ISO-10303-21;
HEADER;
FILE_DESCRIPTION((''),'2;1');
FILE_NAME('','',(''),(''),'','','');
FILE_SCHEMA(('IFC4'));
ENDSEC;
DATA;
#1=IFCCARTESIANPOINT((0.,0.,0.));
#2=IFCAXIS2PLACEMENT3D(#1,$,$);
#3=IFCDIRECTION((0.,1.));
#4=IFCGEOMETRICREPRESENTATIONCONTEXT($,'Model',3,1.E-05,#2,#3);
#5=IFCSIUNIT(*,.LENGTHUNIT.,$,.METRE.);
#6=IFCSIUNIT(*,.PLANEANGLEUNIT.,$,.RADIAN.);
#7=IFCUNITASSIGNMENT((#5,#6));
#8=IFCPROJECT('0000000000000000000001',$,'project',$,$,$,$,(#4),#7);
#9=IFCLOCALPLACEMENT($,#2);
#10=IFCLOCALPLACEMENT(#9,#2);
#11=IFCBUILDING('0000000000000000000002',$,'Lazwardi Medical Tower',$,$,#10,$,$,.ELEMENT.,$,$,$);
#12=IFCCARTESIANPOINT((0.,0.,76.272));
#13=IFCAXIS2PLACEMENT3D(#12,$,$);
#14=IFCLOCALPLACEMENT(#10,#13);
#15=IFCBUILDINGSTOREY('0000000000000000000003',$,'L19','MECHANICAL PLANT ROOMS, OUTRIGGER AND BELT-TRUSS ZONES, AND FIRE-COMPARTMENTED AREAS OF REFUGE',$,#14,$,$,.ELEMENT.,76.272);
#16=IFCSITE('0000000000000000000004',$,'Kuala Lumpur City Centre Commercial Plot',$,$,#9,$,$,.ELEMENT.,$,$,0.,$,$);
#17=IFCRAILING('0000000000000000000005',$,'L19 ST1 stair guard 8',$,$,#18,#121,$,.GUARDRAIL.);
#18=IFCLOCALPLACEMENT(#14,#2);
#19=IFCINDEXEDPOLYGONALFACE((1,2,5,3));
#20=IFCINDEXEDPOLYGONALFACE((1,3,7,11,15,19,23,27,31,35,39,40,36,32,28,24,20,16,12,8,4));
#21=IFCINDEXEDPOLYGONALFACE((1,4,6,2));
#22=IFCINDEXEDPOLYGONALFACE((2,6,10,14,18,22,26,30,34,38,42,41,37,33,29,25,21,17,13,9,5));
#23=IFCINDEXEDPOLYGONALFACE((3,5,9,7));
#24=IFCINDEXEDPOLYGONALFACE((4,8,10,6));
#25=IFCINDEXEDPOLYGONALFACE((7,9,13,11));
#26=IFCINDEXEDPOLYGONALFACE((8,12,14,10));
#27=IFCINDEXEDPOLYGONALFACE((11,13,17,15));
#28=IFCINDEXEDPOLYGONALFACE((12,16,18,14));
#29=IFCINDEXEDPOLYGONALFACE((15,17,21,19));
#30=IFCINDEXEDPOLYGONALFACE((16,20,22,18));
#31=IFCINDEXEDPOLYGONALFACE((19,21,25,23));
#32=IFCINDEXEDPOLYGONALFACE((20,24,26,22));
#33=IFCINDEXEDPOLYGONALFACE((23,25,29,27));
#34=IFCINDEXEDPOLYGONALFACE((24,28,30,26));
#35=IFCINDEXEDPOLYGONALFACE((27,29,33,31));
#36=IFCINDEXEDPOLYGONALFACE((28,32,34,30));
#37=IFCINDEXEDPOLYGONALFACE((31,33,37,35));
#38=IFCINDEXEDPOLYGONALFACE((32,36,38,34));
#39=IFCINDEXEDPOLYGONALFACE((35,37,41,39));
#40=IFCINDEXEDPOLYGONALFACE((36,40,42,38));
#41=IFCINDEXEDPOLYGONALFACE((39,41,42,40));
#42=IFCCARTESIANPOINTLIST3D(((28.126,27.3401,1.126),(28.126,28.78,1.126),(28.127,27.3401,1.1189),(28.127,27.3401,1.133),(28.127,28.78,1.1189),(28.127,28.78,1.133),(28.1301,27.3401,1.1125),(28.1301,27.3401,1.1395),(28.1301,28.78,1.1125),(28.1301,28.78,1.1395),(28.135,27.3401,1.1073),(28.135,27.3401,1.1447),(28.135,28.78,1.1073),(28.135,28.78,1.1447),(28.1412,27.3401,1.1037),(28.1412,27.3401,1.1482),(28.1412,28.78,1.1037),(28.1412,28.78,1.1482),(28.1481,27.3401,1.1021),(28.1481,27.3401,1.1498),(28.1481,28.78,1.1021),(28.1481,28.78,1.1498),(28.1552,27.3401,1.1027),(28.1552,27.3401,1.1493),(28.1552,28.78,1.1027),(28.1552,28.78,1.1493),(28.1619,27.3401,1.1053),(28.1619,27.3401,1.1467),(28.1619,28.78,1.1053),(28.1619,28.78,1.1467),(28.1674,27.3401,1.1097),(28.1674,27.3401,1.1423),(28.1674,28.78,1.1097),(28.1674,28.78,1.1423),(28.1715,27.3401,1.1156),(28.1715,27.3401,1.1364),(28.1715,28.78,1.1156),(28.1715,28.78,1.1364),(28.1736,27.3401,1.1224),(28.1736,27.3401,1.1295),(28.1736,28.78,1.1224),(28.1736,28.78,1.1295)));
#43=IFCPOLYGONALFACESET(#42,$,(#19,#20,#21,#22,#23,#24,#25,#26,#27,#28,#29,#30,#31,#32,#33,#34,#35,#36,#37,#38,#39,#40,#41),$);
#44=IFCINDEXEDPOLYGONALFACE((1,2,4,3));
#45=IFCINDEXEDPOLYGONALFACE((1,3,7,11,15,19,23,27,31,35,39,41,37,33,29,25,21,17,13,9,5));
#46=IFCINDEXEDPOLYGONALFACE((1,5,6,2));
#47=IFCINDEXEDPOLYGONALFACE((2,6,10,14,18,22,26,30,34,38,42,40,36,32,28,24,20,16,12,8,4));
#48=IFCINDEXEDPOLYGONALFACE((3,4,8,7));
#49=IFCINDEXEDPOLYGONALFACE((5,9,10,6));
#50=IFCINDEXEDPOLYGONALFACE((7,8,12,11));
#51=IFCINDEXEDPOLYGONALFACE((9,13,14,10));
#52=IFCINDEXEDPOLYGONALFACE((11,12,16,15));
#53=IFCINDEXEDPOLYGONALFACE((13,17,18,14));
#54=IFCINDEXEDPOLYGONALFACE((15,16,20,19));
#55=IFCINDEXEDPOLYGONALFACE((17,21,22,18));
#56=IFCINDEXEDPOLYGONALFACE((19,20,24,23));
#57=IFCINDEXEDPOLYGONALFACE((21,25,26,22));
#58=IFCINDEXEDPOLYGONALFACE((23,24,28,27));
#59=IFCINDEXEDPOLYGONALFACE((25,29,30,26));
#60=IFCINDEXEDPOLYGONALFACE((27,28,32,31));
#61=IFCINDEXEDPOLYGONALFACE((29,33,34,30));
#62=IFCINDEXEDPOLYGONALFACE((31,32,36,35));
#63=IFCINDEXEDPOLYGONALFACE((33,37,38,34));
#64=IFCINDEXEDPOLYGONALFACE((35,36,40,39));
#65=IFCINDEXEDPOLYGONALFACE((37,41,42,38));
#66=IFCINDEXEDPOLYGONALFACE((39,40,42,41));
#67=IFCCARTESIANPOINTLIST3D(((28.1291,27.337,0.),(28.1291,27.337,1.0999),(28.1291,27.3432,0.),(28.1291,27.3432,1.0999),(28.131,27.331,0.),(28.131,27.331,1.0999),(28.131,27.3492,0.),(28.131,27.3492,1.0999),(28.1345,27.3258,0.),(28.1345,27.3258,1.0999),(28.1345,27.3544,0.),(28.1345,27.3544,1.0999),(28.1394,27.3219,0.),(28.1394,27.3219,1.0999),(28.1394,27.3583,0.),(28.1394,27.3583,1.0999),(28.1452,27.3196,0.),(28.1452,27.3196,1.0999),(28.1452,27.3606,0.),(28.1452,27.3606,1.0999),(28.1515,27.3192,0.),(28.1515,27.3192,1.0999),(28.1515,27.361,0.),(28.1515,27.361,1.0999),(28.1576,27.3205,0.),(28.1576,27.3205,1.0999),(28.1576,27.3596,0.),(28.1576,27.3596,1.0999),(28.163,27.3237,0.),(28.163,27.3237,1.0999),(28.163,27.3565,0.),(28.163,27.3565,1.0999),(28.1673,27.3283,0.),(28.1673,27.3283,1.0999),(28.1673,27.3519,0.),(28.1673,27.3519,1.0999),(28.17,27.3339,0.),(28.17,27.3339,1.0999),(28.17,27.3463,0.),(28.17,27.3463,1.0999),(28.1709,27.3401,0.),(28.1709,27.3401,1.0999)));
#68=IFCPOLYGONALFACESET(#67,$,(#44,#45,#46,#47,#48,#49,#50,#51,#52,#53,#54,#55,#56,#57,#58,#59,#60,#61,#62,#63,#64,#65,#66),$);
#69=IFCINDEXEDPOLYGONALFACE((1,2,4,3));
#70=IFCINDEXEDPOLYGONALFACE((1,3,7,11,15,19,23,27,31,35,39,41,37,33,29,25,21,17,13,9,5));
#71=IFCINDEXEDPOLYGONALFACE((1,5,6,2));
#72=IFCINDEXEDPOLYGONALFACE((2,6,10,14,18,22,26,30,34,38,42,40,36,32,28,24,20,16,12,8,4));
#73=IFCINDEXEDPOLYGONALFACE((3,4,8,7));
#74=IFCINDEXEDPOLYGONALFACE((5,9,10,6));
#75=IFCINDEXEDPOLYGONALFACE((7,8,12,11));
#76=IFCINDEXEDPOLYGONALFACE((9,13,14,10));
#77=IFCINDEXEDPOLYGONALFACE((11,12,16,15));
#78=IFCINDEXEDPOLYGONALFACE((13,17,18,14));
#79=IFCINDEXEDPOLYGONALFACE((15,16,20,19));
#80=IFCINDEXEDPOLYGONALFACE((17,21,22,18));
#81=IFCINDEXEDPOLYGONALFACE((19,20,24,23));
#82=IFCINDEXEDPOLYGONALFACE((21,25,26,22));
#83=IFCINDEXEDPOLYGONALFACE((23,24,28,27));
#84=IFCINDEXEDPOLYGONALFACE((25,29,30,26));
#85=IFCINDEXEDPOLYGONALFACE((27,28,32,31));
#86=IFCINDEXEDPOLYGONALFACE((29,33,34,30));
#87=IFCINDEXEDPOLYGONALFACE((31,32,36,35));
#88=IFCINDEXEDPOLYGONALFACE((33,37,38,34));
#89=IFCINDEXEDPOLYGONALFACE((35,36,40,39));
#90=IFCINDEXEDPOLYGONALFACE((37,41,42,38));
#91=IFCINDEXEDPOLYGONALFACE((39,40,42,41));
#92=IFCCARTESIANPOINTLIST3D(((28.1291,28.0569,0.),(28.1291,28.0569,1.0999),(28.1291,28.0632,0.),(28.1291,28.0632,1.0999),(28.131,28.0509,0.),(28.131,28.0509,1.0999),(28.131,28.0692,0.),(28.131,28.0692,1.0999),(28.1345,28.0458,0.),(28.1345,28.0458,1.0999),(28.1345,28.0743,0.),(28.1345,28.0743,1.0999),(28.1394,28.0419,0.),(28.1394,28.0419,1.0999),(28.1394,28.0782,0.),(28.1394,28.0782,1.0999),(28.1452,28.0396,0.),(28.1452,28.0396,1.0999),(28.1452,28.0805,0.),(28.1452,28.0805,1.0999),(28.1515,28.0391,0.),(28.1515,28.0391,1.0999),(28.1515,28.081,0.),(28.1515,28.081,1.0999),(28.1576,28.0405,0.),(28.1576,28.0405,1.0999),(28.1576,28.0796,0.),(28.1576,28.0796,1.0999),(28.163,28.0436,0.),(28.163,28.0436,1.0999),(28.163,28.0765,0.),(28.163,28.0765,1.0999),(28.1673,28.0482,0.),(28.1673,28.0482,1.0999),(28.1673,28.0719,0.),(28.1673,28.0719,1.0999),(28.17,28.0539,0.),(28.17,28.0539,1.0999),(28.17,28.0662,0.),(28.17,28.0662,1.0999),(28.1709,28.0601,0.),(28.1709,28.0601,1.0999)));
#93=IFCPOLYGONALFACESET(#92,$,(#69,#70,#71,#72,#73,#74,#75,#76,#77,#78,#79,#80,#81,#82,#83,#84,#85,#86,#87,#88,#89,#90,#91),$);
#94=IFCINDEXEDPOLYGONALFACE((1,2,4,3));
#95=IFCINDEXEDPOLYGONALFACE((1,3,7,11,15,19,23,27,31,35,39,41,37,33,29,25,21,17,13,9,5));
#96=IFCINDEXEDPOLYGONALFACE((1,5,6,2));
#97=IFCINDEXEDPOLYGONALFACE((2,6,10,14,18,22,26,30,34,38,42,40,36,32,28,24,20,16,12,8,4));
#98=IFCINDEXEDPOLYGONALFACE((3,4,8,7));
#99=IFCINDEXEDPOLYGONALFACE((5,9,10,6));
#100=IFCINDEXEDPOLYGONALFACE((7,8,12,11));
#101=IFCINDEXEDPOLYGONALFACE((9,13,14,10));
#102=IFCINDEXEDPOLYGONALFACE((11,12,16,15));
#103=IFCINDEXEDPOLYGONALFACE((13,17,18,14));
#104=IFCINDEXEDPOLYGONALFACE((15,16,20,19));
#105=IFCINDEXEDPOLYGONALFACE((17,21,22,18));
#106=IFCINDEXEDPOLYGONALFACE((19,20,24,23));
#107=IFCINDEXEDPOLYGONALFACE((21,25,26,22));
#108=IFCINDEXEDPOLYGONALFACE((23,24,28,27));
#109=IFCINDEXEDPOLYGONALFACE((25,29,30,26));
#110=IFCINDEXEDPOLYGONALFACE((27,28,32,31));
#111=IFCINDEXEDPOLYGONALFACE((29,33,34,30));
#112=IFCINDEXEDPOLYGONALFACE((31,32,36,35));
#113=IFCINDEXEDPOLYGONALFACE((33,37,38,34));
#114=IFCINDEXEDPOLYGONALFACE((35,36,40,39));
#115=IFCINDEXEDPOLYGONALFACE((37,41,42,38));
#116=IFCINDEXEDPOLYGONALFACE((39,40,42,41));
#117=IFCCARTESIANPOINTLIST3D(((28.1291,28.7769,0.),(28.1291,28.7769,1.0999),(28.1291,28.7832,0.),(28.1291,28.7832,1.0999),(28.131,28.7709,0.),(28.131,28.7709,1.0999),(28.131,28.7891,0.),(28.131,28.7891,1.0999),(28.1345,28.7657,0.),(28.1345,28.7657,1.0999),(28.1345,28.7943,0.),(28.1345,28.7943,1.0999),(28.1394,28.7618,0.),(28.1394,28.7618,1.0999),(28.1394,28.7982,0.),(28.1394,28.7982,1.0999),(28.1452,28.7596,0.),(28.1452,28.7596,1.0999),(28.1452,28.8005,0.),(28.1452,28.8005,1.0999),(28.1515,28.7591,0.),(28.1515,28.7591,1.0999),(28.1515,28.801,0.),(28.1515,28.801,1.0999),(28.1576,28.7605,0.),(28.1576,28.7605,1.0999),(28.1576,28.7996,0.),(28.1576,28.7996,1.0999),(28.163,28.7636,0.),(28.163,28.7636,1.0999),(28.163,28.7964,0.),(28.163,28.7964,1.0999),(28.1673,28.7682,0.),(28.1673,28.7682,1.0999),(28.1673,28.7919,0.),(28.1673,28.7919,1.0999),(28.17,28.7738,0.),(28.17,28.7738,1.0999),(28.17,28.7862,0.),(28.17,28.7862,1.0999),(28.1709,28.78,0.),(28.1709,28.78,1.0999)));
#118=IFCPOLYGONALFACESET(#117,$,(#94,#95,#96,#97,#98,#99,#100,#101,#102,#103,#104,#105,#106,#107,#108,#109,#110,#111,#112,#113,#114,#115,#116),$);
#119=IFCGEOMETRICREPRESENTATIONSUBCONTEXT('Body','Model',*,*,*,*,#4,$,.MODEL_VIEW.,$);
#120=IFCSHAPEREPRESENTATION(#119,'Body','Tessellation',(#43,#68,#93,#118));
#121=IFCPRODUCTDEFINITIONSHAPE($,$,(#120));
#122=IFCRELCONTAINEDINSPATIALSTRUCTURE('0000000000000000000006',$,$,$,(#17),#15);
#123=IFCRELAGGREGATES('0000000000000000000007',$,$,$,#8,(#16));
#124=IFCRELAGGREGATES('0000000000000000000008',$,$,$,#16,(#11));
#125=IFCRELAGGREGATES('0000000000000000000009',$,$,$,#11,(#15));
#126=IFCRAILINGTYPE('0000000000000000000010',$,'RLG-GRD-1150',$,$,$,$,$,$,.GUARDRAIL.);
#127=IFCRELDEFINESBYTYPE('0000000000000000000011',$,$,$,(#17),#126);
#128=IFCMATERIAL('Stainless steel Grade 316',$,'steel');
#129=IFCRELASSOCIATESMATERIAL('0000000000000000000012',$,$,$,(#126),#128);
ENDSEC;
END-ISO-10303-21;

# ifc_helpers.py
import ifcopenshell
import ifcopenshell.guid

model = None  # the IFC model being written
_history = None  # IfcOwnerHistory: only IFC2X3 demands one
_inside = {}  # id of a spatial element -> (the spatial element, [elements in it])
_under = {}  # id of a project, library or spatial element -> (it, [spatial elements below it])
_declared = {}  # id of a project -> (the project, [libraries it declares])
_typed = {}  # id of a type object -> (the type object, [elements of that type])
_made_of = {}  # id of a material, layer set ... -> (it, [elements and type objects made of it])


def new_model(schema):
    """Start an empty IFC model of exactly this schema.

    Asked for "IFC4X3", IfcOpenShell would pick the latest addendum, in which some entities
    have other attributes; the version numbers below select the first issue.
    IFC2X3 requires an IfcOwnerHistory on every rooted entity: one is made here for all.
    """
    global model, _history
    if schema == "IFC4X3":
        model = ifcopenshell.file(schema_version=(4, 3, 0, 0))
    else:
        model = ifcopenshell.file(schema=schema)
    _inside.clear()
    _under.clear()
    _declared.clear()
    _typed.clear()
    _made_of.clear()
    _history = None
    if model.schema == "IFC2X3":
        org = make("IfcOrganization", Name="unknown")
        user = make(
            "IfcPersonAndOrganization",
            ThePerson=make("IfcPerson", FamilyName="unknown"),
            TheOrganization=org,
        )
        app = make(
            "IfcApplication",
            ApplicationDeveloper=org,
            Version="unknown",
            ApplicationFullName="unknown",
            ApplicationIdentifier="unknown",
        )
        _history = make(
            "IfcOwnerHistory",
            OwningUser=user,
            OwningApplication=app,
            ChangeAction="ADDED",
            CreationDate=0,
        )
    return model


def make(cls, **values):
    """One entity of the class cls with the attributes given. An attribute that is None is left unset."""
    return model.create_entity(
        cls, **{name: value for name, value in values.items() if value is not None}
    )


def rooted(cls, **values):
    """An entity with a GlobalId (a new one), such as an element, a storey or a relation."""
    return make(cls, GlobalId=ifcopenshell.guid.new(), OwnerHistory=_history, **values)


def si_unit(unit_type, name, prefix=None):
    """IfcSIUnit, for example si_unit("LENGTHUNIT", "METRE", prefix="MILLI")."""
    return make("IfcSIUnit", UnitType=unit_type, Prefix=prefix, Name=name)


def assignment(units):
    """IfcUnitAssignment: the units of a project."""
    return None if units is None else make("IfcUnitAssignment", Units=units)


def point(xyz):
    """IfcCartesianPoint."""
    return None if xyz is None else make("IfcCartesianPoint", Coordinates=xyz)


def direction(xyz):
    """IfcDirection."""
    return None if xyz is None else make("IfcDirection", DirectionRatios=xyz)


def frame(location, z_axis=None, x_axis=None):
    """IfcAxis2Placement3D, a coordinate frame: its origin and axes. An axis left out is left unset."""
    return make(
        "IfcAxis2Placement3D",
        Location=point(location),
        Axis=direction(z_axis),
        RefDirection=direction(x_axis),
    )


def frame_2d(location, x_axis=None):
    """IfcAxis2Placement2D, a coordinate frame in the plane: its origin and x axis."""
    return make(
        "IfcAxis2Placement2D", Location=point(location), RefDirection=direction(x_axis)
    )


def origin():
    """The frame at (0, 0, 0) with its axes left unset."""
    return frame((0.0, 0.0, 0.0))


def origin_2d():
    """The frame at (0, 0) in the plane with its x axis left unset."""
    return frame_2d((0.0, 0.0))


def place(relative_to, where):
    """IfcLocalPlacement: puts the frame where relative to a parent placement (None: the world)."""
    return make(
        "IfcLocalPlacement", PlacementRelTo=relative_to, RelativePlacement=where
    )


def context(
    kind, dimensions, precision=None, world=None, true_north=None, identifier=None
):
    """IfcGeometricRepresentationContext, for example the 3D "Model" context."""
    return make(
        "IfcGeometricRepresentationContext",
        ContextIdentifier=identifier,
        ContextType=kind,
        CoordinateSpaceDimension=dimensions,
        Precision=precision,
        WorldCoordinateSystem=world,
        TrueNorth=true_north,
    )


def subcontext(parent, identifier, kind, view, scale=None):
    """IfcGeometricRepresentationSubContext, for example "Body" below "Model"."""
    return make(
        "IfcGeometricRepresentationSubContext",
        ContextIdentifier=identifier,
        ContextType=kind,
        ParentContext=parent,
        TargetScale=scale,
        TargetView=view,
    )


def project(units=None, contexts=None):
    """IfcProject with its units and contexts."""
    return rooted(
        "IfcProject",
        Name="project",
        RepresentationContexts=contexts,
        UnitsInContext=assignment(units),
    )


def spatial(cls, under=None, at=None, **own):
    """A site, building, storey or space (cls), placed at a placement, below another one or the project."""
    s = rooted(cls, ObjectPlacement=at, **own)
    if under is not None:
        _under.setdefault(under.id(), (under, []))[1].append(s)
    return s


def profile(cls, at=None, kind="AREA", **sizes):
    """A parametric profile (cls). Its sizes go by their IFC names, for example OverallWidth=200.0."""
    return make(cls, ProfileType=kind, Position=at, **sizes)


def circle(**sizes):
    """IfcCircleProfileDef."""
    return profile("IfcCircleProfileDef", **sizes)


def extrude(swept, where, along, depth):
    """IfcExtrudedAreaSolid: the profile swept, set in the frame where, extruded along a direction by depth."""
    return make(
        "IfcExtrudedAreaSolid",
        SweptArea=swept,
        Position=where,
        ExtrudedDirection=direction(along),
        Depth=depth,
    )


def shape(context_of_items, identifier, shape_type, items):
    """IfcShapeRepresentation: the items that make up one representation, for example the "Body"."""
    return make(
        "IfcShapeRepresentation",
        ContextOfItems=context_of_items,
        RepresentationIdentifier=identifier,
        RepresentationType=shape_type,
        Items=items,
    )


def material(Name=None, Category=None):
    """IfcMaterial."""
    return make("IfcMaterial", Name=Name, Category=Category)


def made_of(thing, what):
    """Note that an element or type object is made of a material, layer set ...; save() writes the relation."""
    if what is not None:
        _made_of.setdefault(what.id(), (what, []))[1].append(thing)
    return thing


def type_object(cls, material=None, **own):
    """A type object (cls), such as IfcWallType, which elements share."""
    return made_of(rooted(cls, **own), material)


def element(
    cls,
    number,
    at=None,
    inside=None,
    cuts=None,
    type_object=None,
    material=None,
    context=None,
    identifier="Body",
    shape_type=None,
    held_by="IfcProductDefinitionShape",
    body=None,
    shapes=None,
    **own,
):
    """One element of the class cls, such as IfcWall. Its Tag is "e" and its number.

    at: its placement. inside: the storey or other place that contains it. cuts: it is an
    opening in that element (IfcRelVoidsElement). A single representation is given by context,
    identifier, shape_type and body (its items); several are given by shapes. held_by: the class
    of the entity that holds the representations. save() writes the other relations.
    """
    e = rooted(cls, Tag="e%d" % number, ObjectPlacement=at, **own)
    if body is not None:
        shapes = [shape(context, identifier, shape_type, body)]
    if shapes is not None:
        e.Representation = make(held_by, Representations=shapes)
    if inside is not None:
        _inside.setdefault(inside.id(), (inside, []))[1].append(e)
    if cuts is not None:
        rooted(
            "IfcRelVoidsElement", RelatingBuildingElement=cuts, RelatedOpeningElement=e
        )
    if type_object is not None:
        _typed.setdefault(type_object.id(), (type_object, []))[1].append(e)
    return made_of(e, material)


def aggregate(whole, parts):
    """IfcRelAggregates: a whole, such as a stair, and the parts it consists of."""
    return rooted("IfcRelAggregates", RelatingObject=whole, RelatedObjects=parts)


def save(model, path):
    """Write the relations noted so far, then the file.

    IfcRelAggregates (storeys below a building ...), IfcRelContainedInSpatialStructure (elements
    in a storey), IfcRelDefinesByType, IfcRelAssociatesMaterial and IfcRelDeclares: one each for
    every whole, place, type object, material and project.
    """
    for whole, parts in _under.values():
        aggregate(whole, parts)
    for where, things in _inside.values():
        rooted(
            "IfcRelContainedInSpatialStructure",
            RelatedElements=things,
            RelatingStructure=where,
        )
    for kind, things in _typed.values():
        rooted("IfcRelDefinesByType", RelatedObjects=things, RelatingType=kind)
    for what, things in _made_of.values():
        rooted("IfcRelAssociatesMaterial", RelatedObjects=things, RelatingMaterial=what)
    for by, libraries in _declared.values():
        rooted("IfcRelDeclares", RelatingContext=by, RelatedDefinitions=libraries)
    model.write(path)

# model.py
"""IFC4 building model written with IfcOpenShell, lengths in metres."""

from ifc_helpers import new_model, si_unit, direction, frame, origin, origin_2d, place, context, subcontext, project, spatial, circle, extrude, material, type_object, element, save


model = new_model("IFC4")

# Units and contexts
model_context = context("Model", 3, precision=1e-05, world=origin(), true_north=direction((0.0, 1.0)))
body_context = subcontext(model_context, "Body", "Model", "MODEL_VIEW")
ifc_project = project(units=[si_unit("LENGTHUNIT", "METRE"), si_unit("PLANEANGLEUNIT", "RADIAN")], contexts=[model_context])

# Site, building, storey
site_placement = place(None, origin())
site = spatial("IfcSite", under=ifc_project, at=site_placement, Name="Kuala Lumpur City Centre Commercial Plot", CompositionType="ELEMENT", RefElevation=0.0)
building_placement = place(site_placement, origin())
building = spatial("IfcBuilding", under=site, at=building_placement, Name="Lazwardi Medical Tower", CompositionType="ELEMENT")
storey_placement = place(building_placement, frame((0.0, 0.0, 76.272)))
storey = spatial("IfcBuildingStorey", under=building, at=storey_placement, Name="L19", Description="MECHANICAL PLANT ROOMS, OUTRIGGER AND BELT-TRUSS ZONES, AND FIRE-COMPARTMENTED AREAS OF REFUGE", CompositionType="ELEMENT", Elevation=76.272)

# Railing
ifc_material_1 = material(Name="Stainless steel Grade 316", Category="steel")
railing_type = type_object("IfcRailingType", Name="RLG-GRD-1150", PredefinedType="GUARDRAIL", material=ifc_material_1)
for number, where, name in (
    (1, (28.1499, 27.3401, 0.0), "L19 ST1 stair guard 8"),
):
    element("IfcRailing", number, at=place(storey_placement, frame(where)), inside=storey, type_object=railing_type, Name=name, PredefinedType="GUARDRAIL", context=body_context, shape_type="SweptSolid", body=[
        extrude(circle(Radius=0.0239, at=origin_2d()), frame((0.0, 0.0, 1.126), z_axis=(0.0, 1.0, 0.0), x_axis=(-1.0, 0.0, 0.0)), (0.0, 0.0, 1.0), 1.4399),
        extrude(circle(Radius=0.021, at=origin_2d()), origin(), (0.0, 0.0, 1.0), 1.0999),
        extrude(circle(Radius=0.021, at=origin_2d()), frame((0.0, 0.72, 0.0)), (0.0, 0.0, 1.0), 1.0999),
        extrude(circle(Radius=0.021, at=origin_2d()), frame((0.0, 1.4399, 0.0)), (0.0, 0.0, 1.0), 1.0999),
    ])

save(model, "model.ifc")
